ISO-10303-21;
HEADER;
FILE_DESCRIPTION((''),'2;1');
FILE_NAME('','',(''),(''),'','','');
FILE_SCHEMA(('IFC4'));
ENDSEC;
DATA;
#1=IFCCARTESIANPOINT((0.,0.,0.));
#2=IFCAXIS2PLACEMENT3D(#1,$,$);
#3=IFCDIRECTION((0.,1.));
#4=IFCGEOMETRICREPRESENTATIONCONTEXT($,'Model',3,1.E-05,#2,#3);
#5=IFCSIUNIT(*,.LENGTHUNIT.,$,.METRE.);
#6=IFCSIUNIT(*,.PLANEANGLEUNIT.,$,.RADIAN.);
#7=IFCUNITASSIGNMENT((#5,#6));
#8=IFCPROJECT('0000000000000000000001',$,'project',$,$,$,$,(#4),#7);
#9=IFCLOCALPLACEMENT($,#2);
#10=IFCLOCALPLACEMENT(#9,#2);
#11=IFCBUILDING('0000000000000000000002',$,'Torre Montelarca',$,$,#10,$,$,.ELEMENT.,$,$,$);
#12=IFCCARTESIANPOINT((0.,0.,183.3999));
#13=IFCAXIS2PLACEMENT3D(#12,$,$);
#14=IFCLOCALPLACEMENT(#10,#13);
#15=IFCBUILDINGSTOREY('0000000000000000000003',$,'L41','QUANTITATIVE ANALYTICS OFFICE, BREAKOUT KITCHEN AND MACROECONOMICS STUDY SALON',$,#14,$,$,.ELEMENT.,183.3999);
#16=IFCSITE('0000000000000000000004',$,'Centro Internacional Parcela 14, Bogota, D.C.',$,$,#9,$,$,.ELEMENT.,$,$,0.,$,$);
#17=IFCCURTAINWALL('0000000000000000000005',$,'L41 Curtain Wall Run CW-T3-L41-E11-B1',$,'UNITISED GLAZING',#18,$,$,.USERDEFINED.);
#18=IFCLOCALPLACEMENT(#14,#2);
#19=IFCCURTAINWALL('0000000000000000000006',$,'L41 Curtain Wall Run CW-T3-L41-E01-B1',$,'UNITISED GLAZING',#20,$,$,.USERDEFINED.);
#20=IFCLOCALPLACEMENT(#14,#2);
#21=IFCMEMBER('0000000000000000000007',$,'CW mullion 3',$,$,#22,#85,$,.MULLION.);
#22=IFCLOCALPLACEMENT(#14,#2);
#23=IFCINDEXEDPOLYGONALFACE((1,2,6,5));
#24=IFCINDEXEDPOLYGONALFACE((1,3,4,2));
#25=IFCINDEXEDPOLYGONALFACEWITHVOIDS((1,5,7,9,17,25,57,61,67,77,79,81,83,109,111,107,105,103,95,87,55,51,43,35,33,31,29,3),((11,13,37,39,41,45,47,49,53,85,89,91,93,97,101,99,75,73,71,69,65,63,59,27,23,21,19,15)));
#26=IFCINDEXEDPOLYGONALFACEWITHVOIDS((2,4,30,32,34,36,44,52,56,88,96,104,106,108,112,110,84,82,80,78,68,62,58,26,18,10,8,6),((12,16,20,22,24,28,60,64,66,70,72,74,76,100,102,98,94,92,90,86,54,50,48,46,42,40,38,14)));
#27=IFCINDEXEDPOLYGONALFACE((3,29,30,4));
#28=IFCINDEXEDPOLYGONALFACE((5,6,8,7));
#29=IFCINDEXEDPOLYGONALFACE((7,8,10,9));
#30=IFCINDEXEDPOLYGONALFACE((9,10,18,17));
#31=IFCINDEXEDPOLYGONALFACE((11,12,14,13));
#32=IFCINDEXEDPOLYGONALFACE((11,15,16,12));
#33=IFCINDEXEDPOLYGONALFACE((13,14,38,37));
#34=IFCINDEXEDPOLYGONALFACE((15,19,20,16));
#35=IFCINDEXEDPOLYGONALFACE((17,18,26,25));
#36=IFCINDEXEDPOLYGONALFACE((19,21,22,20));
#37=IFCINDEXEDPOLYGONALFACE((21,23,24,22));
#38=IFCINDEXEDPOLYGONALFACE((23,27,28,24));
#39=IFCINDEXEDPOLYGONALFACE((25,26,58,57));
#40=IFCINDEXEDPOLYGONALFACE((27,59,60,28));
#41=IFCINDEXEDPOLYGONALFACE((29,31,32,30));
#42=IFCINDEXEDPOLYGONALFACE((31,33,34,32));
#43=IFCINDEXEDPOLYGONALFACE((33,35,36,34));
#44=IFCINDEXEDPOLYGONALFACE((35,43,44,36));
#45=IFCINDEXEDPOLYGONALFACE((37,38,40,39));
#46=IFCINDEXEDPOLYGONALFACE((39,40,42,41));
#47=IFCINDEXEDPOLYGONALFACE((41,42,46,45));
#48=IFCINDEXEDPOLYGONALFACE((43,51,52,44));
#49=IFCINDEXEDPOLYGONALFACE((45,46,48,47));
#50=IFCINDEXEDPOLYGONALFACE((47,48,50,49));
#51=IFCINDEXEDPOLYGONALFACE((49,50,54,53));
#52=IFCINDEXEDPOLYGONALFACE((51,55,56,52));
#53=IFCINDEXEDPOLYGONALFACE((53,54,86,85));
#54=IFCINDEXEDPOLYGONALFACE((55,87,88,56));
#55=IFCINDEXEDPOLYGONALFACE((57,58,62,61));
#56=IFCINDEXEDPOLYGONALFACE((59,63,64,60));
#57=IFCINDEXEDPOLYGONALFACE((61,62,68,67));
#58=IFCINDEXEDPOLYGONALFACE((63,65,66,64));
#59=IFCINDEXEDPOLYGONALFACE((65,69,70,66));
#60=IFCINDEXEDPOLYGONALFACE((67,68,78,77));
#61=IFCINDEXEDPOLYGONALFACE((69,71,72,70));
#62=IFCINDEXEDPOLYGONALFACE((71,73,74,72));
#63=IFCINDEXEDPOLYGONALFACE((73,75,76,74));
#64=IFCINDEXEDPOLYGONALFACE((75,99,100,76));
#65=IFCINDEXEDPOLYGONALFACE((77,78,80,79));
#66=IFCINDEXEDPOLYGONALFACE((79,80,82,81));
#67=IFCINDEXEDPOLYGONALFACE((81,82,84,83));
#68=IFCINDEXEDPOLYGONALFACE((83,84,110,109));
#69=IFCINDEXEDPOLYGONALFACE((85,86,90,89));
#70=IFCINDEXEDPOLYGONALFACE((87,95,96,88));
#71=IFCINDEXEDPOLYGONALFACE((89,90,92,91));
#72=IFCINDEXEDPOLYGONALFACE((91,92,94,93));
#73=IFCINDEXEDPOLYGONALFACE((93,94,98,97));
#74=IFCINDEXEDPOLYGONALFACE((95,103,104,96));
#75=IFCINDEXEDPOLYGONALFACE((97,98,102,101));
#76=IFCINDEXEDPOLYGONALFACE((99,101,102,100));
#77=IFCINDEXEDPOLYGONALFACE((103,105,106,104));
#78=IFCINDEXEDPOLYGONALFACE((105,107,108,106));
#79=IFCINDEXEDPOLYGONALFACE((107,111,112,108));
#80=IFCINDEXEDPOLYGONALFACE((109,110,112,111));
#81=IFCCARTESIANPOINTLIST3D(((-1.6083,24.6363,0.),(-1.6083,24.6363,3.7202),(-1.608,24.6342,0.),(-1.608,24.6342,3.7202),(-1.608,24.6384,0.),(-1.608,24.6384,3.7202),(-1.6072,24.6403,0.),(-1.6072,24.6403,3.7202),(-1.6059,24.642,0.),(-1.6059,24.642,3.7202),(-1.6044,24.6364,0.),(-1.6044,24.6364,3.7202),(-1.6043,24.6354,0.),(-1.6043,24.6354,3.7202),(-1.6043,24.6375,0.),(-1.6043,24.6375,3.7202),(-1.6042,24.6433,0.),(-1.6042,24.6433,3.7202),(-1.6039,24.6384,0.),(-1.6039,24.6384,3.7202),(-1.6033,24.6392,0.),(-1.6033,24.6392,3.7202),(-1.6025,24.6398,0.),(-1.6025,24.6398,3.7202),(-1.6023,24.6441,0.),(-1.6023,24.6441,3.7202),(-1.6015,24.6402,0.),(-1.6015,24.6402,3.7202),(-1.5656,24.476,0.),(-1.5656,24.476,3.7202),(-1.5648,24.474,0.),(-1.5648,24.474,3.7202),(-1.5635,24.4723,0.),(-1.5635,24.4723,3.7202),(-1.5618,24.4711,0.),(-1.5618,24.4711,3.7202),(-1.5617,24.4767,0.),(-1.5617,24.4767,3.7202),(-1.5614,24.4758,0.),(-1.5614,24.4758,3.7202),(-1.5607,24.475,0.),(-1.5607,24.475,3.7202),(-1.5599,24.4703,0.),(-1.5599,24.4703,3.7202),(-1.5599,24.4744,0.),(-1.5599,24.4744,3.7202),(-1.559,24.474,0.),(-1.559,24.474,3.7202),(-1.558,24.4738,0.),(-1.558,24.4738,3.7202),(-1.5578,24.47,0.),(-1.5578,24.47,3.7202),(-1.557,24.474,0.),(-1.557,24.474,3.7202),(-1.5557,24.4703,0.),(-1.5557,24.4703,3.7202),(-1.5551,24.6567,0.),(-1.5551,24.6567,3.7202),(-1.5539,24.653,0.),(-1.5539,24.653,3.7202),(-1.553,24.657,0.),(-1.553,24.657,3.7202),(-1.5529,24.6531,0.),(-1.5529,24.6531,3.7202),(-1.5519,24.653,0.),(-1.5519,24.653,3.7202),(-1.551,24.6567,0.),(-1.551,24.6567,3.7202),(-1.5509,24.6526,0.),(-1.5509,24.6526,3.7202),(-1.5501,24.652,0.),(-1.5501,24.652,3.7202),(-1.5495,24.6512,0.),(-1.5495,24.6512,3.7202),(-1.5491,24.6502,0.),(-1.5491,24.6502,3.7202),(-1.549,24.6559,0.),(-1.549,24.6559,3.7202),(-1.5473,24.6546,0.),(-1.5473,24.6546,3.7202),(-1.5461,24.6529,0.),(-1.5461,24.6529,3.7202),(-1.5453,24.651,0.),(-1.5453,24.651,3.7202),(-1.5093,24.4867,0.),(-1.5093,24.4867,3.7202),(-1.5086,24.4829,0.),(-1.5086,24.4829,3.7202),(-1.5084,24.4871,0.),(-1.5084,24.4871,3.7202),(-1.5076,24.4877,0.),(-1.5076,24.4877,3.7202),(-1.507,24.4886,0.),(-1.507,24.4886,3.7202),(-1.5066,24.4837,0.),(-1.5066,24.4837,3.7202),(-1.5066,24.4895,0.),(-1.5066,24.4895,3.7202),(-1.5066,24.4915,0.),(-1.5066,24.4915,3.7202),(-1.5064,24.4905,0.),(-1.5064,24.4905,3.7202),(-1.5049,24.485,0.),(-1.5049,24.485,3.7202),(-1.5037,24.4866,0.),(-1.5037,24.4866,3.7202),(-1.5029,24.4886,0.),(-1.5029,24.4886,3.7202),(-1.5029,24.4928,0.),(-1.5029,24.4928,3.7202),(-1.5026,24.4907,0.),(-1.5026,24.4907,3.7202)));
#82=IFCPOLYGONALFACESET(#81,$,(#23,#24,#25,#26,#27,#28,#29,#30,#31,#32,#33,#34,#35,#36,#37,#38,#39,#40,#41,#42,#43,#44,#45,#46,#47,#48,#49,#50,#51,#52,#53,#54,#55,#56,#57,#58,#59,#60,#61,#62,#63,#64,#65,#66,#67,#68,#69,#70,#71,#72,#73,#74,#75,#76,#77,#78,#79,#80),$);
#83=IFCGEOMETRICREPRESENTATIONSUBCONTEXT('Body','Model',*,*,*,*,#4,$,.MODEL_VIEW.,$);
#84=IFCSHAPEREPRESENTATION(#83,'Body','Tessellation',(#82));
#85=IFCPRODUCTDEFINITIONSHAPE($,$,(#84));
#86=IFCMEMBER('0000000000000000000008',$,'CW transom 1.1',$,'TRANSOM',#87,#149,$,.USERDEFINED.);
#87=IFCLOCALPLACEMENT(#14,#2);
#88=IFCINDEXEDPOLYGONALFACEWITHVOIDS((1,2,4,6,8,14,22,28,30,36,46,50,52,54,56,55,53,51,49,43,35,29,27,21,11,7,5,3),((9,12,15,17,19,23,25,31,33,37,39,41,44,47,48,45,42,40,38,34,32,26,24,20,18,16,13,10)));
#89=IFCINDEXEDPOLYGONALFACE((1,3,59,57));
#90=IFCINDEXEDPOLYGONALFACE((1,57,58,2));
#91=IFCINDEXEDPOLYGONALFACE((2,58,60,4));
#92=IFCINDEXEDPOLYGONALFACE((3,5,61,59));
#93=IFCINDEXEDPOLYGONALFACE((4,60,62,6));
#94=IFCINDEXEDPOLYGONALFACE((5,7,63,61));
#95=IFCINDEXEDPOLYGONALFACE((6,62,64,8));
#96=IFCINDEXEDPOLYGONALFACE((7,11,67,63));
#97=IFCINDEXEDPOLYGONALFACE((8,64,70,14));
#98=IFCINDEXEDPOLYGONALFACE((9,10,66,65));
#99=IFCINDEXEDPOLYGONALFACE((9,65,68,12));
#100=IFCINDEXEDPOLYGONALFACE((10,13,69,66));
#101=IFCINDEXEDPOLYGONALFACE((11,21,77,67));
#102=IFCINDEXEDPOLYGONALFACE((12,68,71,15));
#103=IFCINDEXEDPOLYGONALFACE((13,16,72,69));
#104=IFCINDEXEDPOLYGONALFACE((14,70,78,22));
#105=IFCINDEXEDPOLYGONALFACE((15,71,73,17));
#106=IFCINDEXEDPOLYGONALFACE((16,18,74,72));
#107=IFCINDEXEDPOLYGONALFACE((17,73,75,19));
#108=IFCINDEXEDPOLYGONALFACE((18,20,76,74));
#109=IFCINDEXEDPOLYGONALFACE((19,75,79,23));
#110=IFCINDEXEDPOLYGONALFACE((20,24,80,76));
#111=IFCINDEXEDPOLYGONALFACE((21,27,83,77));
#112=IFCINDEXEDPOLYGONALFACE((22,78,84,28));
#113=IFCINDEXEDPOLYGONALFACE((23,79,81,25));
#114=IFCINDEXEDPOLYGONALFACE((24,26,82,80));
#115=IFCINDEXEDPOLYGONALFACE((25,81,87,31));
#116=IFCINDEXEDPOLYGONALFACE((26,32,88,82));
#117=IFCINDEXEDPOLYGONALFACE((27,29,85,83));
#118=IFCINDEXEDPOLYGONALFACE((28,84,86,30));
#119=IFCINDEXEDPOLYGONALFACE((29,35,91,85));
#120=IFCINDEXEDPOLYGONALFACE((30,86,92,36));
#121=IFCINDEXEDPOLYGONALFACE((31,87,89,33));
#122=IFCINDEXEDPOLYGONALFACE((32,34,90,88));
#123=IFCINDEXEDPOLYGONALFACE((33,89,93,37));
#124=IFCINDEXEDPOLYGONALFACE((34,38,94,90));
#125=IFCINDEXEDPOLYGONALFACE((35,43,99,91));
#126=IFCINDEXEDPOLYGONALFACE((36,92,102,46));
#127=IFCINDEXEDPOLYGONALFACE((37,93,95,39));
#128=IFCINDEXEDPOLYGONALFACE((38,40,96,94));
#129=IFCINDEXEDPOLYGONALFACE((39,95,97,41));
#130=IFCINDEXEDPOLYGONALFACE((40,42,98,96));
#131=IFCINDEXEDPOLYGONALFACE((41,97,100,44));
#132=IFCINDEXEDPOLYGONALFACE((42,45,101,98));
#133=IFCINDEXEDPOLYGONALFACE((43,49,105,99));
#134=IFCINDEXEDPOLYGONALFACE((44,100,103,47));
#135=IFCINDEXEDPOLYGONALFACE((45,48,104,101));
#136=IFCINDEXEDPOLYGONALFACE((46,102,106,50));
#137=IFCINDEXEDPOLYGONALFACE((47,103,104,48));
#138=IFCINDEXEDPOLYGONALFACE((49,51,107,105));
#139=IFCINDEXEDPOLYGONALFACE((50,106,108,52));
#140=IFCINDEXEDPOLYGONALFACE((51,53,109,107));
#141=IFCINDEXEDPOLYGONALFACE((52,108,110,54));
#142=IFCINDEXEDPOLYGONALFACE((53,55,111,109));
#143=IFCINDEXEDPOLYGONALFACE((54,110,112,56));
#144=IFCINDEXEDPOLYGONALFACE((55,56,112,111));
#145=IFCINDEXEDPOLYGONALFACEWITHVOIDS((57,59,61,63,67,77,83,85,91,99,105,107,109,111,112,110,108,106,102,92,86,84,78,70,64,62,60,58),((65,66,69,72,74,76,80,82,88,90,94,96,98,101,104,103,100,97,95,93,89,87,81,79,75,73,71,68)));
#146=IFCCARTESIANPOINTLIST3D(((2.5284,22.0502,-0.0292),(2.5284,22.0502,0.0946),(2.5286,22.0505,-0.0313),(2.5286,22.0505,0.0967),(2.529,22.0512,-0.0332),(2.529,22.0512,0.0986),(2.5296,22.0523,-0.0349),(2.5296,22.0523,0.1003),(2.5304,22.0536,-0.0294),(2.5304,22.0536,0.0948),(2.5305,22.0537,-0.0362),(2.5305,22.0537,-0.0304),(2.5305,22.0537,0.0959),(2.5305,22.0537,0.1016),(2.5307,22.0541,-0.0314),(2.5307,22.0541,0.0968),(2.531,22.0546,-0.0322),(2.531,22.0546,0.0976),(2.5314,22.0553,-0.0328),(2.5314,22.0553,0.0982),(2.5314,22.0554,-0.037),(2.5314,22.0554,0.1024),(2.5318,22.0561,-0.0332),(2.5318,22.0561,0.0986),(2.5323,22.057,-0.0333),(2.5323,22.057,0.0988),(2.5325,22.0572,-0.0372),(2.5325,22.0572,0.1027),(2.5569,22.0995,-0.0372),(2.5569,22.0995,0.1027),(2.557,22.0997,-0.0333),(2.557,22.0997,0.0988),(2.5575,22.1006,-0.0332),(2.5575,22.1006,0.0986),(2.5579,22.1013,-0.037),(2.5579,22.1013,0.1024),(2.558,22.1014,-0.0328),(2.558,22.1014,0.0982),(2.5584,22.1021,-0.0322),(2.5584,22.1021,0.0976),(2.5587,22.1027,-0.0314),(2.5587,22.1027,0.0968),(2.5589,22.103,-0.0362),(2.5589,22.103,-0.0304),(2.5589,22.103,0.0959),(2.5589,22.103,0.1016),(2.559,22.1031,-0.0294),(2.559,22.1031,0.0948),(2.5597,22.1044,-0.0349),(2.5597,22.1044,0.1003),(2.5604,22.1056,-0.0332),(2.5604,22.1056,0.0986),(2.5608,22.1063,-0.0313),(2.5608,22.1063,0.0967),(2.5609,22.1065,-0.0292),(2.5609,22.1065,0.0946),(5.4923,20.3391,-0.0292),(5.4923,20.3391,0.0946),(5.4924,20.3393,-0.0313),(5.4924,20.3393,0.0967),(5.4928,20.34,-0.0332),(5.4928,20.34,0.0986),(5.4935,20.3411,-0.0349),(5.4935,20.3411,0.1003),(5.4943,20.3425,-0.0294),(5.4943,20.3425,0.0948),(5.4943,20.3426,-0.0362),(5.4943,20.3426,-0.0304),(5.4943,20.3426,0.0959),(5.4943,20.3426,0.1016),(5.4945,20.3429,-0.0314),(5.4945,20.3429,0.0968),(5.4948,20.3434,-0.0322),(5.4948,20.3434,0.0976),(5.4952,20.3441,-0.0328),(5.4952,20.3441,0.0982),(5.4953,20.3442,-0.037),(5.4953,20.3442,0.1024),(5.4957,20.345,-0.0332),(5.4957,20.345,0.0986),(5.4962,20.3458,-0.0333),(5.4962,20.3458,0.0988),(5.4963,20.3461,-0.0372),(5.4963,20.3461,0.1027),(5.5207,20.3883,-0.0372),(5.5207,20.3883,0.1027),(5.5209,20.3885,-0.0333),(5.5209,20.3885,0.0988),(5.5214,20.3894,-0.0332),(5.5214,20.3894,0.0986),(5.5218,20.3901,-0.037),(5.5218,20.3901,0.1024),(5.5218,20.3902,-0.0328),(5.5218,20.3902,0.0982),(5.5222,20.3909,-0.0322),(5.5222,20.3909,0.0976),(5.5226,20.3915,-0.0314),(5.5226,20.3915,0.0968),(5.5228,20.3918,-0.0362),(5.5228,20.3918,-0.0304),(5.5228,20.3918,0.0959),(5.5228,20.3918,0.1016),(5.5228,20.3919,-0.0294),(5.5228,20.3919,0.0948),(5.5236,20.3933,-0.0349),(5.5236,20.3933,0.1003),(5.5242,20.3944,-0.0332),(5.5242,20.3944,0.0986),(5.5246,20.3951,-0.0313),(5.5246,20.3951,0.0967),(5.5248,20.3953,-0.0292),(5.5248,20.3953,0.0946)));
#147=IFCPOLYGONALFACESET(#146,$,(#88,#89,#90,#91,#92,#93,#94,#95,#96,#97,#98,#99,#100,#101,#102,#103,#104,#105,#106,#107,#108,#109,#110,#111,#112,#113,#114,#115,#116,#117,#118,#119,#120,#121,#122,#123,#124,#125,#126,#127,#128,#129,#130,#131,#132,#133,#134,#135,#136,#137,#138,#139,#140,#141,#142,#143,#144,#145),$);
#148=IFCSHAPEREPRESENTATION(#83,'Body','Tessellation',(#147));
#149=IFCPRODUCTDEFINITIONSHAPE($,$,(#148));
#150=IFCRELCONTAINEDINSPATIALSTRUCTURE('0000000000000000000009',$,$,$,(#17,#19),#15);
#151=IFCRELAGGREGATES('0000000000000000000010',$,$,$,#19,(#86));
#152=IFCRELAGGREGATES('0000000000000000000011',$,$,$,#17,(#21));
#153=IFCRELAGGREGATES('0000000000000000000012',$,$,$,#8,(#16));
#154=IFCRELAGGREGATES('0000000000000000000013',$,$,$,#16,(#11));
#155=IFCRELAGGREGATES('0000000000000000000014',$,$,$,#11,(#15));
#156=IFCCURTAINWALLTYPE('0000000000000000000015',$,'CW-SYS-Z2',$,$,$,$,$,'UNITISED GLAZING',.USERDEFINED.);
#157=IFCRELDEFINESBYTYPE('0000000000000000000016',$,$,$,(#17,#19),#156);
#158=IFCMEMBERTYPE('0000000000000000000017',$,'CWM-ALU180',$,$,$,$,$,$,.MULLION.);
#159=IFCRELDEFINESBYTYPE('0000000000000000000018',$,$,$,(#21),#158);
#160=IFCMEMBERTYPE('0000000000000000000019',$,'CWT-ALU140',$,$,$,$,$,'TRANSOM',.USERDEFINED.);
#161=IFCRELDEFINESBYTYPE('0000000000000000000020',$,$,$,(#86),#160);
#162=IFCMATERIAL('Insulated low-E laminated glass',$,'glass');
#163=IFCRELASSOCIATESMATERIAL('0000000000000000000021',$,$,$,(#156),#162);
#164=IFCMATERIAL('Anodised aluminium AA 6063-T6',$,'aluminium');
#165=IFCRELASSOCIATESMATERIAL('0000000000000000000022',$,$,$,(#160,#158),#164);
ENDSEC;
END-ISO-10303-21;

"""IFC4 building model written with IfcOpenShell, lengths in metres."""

from ifc_helpers import new_model, si_unit, direction, frame, origin, origin_2d, place, context, subcontext, project, spatial, hollow_rectangle, extrude, source, transform, mapped, material, material_profile, profile_set, type_object, element, aggregate, save


model = new_model("IFC4")

# Units and contexts
model_context = context("Model", 3, precision=1e-05, world=origin(), true_north=direction((0.0, 1.0)))
body_context = subcontext(model_context, "Body", "Model", "MODEL_VIEW")
ifc_project = project(units=[si_unit("LENGTHUNIT", "METRE"), si_unit("PLANEANGLEUNIT", "RADIAN")], contexts=[model_context])

# Site, building, storey
site_placement = place(None, origin())
site = spatial("IfcSite", under=ifc_project, at=site_placement, Name="Centro Internacional Parcela 14, Bogota, D.C.", CompositionType="ELEMENT", RefElevation=0.0)
building_placement = place(site_placement, origin())
building = spatial("IfcBuilding", under=site, at=building_placement, Name="Torre Montelarca", CompositionType="ELEMENT")
storey_placement = place(building_placement, frame((0.0, 0.0, 183.3999)))
storey = spatial("IfcBuildingStorey", under=building, at=storey_placement, Name="L41", Description="QUANTITATIVE ANALYTICS OFFICE, BREAKOUT KITCHEN AND MACROECONOMICS STUDY SALON", CompositionType="ELEMENT", Elevation=183.3999)

# Curtain wall
ifc_material_1 = material(Name="Insulated low-E laminated glass", Category="glass")
curtain_wall_type = type_object("IfcCurtainWallType", Name="CW-SYS-Z2", ElementType="UNITISED GLAZING", PredefinedType="USERDEFINED", material=ifc_material_1)
curtain_wall_1_placement = place(storey_placement, origin())
curtain_wall_1 = element("IfcCurtainWall", 1, at=curtain_wall_1_placement, inside=storey, type_object=curtain_wall_type, Name="L41 Curtain Wall Run CW-T3-L41-E11-B1", ObjectType="UNITISED GLAZING", PredefinedType="USERDEFINED")
ifc_material_2 = material(Name="Anodised aluminium AA 6063-T6", Category="aluminium")
ifc_material_profile_1 = material_profile(ifc_material_2, hollow_rectangle(XDim=0.0649, YDim=0.1399, WallThickness=0.0039, InnerFilletRadius=0.0039, OuterFilletRadius=0.0081, at=origin_2d()), Name="ALU65X140X4", Category="aluminium")
ifc_profile_set_1 = profile_set([ifc_material_profile_1], Name="Anodised aluminium AA 6063-T6")
member_type_1 = type_object("IfcMemberType", Name="CWT-ALU140", ElementType="TRANSOM", PredefinedType="USERDEFINED", material=ifc_profile_set_1)

# Curtain wall
curtain_wall_2_placement = place(storey_placement, origin())
curtain_wall_2 = element("IfcCurtainWall", 2, at=curtain_wall_2_placement, inside=storey, type_object=curtain_wall_type, Name="L41 Curtain Wall Run CW-T3-L41-E01-B1", ObjectType="UNITISED GLAZING", PredefinedType="USERDEFINED")
ifc_material_profile_2 = material_profile(ifc_material_2, hollow_rectangle(XDim=0.0649, YDim=0.1799, WallThickness=0.0039, InnerFilletRadius=0.0039, OuterFilletRadius=0.0081, at=origin_2d()), Name="ALU65X180X4", Category="aluminium")
ifc_profile_set_2 = profile_set([ifc_material_profile_2], Name="Anodised aluminium AA 6063-T6")
member_type_2 = type_object("IfcMemberType", Name="CWM-ALU180", PredefinedType="MULLION", material=ifc_profile_set_2)
shared_shape_1 = source(origin(), body_context, "Body", "SweptSolid", [
    extrude(hollow_rectangle(XDim=0.0649, YDim=0.1799, WallThickness=0.0039, InnerFilletRadius=0.0039, OuterFilletRadius=0.0081, at=origin_2d()), origin(), (0.0, 0.0, 1.0), 3.7202),
])

# Members
member_1_placement = place(storey_placement, frame((-1.5554, 24.5635, 0.0), z_axis=(0.0, 0.0, 1.0), x_axis=(0.965928, 0.25881, 0.0)))
member_1 = element("IfcMember", 3, at=member_1_placement, type_object=member_type_2, Name="CW mullion 3", PredefinedType="MULLION", context=body_context, shape_type="MappedRepresentation", body=[
    mapped(shared_shape_1, transform((0.0, 0.0, 0.0), scale=1.0)),
])
shared_shape_2 = source(origin(), body_context, "Body", "SweptSolid", [
    extrude(hollow_rectangle(XDim=0.0649, YDim=0.1399, WallThickness=0.0039, InnerFilletRadius=0.0039, OuterFilletRadius=0.0081, at=origin_2d()), origin(), (0.0, 0.0, 1.0), 3.4224),
])
member_2_placement = place(storey_placement, frame((2.5447, 22.0784, 0.0327), z_axis=(0.866026, -0.499998, 0.0), x_axis=(0.499998, 0.866026, 0.0)))
member_2 = element("IfcMember", 4, at=member_2_placement, type_object=member_type_1, Name="CW transom 1.1", ObjectType="TRANSOM", PredefinedType="USERDEFINED", context=body_context, shape_type="MappedRepresentation", body=[
    mapped(shared_shape_2, transform((0.0, 0.0, 0.0), scale=1.0)),
])
aggregate(curtain_wall_2, [member_2])

aggregate(curtain_wall_1, [member_1])

save(model, "model.ifc")
